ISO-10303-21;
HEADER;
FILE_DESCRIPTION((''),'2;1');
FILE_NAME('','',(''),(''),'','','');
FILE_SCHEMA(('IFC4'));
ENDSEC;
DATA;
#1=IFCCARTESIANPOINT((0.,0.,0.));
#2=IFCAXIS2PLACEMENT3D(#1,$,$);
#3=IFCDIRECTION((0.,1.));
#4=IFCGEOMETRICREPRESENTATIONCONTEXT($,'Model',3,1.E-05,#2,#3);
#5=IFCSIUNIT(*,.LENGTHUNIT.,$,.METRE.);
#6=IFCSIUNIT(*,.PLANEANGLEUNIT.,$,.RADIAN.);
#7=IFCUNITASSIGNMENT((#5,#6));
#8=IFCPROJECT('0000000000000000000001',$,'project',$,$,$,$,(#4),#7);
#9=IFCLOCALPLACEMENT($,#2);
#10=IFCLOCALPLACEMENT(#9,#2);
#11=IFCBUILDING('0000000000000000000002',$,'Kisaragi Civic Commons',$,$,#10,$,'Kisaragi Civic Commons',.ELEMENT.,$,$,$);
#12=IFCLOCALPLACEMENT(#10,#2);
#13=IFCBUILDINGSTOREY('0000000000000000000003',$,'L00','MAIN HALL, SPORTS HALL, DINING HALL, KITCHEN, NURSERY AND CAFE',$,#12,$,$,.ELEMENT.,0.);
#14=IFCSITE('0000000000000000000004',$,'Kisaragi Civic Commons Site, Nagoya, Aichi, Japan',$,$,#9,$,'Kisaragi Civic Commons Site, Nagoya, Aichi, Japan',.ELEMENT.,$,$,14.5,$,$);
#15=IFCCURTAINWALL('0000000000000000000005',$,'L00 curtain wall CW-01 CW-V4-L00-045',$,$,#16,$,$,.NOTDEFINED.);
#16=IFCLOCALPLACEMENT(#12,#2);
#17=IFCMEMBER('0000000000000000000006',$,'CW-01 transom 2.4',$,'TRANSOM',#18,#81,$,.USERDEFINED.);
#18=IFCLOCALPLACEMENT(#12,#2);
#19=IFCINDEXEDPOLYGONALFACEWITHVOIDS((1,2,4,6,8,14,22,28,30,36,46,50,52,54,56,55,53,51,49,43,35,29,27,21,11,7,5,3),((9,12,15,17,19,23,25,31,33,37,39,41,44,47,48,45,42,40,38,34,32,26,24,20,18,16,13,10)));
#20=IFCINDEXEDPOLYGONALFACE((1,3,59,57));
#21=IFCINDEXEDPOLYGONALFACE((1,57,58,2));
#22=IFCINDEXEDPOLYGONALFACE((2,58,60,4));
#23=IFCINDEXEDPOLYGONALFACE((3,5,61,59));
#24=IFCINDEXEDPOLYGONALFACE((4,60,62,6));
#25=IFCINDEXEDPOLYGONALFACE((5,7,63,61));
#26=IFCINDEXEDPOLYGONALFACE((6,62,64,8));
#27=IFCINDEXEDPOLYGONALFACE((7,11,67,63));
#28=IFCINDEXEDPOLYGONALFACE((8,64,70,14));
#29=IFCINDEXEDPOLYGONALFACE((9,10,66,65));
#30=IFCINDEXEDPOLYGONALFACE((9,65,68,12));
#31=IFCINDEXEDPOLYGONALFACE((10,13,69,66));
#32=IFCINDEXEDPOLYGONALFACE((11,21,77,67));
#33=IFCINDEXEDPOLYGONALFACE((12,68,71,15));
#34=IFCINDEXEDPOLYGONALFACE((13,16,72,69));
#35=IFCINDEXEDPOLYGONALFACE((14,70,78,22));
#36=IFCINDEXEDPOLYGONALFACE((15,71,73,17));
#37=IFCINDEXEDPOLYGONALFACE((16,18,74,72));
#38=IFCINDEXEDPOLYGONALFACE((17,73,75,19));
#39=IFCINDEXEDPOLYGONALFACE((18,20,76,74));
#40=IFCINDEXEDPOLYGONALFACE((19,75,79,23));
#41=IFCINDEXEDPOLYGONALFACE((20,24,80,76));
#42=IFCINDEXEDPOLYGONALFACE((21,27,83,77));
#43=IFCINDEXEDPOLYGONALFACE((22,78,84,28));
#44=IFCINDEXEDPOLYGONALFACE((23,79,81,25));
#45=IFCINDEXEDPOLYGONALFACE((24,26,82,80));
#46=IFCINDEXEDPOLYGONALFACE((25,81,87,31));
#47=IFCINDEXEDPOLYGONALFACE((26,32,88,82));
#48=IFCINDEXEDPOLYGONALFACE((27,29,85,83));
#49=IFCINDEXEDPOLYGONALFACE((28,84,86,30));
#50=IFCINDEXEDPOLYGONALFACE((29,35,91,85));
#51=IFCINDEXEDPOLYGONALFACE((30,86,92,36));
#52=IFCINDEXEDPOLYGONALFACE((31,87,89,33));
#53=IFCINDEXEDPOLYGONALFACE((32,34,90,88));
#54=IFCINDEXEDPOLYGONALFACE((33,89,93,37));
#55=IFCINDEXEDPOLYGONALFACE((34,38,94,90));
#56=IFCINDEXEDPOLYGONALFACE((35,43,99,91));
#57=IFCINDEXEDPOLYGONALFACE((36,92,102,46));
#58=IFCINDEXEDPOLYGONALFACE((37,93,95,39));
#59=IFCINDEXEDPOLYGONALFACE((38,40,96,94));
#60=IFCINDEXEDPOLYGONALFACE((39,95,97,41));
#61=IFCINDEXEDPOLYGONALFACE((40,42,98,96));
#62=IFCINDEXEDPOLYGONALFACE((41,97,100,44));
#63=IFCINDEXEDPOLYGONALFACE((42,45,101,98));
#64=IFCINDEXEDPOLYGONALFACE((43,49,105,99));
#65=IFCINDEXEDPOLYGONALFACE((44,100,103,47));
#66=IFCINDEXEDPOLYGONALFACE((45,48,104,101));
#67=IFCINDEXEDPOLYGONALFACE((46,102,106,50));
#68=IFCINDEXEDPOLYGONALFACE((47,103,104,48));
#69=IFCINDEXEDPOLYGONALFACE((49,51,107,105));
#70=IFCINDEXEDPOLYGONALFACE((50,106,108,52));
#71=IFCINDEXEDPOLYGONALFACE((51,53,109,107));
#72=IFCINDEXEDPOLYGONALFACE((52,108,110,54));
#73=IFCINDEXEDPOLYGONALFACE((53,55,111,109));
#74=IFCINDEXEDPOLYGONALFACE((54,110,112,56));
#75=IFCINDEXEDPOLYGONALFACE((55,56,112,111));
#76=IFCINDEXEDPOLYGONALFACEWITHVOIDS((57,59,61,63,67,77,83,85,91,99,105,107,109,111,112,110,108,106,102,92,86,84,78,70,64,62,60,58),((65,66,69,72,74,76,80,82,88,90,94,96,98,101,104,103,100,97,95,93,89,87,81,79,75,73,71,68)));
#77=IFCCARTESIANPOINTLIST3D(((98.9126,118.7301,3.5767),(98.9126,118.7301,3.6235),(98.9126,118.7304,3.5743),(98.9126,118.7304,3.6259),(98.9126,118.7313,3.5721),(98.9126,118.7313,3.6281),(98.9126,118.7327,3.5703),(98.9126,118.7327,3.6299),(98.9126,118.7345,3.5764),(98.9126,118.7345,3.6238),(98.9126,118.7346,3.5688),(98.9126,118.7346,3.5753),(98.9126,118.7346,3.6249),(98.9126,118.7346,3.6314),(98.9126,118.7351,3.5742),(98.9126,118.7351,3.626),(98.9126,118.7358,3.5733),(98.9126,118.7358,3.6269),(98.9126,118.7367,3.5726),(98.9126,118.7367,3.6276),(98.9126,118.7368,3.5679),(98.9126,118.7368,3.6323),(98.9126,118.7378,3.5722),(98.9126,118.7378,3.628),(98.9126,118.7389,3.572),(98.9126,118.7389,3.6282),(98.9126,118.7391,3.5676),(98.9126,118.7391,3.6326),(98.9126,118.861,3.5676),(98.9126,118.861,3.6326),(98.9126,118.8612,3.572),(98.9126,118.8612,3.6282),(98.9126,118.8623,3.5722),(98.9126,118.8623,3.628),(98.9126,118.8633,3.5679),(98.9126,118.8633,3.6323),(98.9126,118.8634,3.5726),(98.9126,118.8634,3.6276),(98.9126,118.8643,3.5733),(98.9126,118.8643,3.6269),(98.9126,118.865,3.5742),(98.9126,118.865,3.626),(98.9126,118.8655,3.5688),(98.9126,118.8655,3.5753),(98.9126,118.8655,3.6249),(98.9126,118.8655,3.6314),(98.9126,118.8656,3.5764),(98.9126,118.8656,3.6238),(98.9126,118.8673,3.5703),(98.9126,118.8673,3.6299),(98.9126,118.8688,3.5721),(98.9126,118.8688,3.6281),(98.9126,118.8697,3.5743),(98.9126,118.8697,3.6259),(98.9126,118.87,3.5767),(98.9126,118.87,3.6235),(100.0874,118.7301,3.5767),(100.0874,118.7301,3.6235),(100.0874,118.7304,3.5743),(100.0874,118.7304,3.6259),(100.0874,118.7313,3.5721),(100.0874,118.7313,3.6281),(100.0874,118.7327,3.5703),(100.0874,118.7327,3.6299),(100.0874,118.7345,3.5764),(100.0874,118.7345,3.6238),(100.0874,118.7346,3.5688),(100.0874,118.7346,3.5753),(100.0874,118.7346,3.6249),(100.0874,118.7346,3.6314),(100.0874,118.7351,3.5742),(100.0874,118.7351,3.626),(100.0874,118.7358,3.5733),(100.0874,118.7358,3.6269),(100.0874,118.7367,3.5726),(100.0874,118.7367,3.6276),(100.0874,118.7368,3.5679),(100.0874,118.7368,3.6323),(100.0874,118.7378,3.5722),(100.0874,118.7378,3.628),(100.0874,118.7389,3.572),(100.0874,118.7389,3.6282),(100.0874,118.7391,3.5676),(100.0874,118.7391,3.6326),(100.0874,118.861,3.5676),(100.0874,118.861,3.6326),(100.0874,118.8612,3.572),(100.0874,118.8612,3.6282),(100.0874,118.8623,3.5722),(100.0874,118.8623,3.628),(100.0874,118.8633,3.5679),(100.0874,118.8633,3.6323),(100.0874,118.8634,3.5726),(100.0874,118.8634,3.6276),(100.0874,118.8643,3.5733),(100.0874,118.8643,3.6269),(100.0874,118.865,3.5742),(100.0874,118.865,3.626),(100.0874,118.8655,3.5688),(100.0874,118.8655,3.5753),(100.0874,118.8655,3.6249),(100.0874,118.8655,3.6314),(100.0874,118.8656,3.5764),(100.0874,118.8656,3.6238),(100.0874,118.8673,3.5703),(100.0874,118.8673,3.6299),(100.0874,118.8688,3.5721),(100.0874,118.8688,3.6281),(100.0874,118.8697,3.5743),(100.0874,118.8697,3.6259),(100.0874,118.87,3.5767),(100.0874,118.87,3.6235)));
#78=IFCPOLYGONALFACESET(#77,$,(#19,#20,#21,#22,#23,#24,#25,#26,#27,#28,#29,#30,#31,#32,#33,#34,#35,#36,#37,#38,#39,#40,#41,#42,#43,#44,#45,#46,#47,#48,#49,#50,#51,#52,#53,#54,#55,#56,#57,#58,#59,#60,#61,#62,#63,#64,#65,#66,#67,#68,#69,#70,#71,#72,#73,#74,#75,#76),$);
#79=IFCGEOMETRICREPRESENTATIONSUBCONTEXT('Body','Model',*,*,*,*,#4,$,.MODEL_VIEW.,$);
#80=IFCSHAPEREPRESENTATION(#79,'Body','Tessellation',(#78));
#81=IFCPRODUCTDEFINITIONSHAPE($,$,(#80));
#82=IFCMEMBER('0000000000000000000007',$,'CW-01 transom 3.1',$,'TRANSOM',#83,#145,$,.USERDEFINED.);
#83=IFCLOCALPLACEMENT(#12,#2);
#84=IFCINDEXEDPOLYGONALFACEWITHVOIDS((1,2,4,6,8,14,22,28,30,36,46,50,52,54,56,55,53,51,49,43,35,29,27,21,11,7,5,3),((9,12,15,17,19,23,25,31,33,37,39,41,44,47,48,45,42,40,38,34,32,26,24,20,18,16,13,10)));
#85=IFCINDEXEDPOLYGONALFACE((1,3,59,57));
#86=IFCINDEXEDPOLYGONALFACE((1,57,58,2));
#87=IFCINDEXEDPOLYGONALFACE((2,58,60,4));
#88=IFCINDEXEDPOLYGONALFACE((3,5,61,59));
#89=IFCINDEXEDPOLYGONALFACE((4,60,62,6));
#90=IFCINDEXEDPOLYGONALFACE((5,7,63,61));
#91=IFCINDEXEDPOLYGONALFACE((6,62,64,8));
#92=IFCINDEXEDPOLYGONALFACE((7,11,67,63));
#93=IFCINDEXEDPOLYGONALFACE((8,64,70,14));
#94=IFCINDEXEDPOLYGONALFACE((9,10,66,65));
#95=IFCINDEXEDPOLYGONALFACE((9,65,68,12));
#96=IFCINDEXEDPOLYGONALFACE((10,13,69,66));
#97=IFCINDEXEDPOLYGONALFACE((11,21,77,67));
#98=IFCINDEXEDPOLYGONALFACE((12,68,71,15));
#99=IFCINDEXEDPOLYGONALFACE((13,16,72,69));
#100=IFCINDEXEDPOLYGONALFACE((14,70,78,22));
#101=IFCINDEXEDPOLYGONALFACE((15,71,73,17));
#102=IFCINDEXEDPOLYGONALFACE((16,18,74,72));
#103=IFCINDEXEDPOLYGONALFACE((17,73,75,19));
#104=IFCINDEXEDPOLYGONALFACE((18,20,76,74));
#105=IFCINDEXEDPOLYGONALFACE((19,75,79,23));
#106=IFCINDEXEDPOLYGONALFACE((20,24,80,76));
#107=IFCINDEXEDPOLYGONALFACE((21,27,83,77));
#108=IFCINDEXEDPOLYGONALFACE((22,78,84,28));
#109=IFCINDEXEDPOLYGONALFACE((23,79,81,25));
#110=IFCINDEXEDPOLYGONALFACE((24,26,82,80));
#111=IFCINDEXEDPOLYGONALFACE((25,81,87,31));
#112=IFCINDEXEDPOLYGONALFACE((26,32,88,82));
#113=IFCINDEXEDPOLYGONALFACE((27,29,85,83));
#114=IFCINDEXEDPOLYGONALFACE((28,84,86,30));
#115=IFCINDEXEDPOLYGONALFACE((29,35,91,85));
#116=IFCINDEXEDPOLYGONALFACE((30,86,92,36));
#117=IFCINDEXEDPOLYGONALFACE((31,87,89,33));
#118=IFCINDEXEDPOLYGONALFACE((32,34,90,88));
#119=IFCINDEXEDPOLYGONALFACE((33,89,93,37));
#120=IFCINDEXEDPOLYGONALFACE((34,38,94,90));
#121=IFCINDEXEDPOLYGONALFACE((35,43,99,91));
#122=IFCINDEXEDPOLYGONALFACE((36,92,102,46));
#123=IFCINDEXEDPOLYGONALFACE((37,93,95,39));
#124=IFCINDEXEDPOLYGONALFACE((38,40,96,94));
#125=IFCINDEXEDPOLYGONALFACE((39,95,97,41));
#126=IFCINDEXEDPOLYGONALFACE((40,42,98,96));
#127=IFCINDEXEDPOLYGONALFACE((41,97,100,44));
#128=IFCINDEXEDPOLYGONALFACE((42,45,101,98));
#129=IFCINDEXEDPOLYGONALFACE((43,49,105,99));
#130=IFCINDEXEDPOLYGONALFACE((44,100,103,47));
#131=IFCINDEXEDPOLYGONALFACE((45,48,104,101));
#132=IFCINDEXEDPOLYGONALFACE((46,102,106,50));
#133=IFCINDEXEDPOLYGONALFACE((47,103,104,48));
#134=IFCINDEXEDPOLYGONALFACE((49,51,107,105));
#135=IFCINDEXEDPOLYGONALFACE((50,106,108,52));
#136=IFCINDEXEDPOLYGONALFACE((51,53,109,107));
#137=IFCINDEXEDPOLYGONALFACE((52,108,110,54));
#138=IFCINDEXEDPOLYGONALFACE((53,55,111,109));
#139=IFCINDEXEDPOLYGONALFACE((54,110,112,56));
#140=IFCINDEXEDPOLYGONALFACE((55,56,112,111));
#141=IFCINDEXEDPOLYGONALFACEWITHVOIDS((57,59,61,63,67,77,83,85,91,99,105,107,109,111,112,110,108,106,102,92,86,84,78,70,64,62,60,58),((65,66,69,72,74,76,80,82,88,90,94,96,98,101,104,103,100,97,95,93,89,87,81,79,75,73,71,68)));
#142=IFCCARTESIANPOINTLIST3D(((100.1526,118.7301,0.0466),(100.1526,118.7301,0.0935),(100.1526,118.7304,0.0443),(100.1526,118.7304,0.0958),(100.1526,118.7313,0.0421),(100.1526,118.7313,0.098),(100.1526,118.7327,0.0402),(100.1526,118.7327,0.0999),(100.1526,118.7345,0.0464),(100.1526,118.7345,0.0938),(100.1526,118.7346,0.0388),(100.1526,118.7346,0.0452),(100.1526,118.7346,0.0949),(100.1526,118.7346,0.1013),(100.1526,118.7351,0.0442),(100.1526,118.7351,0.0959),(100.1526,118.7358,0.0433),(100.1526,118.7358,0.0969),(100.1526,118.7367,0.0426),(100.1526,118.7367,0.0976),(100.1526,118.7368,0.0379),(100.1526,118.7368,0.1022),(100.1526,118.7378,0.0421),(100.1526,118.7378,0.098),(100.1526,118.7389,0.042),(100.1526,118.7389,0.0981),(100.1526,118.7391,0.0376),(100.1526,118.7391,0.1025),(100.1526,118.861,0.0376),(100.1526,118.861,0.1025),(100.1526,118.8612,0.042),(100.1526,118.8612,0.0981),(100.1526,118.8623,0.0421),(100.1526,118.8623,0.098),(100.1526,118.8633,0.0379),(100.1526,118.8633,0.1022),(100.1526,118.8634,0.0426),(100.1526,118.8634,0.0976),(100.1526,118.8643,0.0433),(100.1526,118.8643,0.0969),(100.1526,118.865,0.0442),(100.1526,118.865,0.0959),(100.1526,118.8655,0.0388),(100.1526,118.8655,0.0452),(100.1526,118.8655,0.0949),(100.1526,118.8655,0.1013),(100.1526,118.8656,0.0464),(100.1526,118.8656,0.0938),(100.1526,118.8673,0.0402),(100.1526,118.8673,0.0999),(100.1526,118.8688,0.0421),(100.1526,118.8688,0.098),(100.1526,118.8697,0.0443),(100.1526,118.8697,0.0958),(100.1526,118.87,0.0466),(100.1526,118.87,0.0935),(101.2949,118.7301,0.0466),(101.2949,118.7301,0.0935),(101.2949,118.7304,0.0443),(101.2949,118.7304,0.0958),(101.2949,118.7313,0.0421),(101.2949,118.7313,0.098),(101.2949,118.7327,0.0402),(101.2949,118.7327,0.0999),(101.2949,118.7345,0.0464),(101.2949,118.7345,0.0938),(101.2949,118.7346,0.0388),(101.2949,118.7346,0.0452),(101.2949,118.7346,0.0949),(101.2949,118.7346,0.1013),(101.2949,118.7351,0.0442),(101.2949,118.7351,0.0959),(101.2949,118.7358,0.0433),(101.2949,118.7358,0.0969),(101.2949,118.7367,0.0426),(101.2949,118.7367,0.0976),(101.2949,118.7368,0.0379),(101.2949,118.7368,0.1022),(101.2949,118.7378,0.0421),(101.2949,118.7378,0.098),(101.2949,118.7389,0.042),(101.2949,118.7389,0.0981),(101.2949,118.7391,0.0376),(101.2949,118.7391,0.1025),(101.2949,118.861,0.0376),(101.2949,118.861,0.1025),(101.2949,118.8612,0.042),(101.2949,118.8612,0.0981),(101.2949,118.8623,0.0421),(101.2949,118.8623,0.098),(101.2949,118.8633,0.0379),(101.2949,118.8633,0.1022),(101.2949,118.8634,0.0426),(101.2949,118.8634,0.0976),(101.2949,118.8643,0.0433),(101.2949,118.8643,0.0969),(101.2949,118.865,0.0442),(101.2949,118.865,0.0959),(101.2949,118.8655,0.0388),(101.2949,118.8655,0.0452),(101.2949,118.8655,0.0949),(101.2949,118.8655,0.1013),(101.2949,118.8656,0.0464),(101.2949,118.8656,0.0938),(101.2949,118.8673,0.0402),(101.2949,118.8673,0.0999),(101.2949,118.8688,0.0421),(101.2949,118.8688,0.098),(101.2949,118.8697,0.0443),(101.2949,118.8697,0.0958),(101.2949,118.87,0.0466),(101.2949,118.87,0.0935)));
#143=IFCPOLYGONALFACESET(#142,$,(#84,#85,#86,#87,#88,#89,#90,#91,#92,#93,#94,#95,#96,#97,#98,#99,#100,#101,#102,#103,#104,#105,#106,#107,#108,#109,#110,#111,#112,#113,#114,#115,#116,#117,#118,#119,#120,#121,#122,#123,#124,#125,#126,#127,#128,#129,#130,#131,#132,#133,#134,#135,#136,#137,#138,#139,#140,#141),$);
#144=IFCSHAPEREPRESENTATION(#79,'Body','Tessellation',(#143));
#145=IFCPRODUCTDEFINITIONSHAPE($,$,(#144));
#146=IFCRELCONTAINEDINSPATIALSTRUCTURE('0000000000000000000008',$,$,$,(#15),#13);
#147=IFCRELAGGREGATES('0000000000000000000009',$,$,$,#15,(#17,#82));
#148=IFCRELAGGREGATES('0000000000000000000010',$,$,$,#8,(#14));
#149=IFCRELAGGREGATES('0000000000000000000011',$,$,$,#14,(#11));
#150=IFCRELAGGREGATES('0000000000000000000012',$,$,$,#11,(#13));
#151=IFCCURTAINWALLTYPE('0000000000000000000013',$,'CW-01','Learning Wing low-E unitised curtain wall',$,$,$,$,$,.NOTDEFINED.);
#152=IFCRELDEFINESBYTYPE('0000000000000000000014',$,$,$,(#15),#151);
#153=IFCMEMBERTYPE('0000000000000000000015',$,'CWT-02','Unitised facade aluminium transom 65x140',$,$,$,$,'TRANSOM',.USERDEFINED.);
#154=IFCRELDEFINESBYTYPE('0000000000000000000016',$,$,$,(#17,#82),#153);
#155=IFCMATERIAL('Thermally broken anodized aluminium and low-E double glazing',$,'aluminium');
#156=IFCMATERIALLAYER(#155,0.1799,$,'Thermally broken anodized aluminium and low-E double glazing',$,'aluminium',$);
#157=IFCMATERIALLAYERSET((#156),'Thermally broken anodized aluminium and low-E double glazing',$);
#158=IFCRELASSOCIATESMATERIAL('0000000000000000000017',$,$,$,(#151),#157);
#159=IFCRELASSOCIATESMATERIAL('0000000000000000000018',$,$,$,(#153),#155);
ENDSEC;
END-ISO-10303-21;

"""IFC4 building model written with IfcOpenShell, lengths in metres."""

from ifc_helpers import new_model, si_unit, direction, frame, origin, origin_2d, place, context, subcontext, project, spatial, hollow_rectangle, extrude, material, layer, layer_set, material_profile, profile_set, type_object, element, aggregate, save


model = new_model("IFC4")

# Units and contexts
model_context = context("Model", 3, precision=1e-05, world=origin(), true_north=direction((0.0, 1.0)))
body_context = subcontext(model_context, "Body", "Model", "MODEL_VIEW")
ifc_project = project(units=[si_unit("LENGTHUNIT", "METRE"), si_unit("PLANEANGLEUNIT", "RADIAN")], contexts=[model_context])

# Site, building, storey
site_placement = place(None, origin())
site = spatial("IfcSite", under=ifc_project, at=site_placement, Name="Kisaragi Civic Commons Site, Nagoya, Aichi, Japan", LongName="Kisaragi Civic Commons Site, Nagoya, Aichi, Japan", CompositionType="ELEMENT", RefElevation=14.5)
building_placement = place(site_placement, origin())
building = spatial("IfcBuilding", under=site, at=building_placement, Name="Kisaragi Civic Commons", LongName="Kisaragi Civic Commons", CompositionType="ELEMENT")
storey_placement = place(building_placement, origin())
storey = spatial("IfcBuildingStorey", under=building, at=storey_placement, Name="L00", Description="MAIN HALL, SPORTS HALL, DINING HALL, KITCHEN, NURSERY AND CAFE", CompositionType="ELEMENT", Elevation=0.0)

# Curtain wall, members
ifc_material_1 = material(Name="Thermally broken anodized aluminium and low-E double glazing", Category="aluminium")
ifc_layer_1 = layer(ifc_material_1, 0.1799, Name="Thermally broken anodized aluminium and low-E double glazing", Category="aluminium")
ifc_layer_set_1 = layer_set([ifc_layer_1], Name="Thermally broken anodized aluminium and low-E double glazing")
curtain_wall_type = type_object("IfcCurtainWallType", Name="CW-01", Description="Learning Wing low-E unitised curtain wall", PredefinedType="NOTDEFINED", material=ifc_layer_set_1)
curtain_wall_placement = place(storey_placement, origin())
curtain_wall = element("IfcCurtainWall", 1, at=curtain_wall_placement, inside=storey, type_object=curtain_wall_type, Name="L00 curtain wall CW-01 CW-V4-L00-045", PredefinedType="NOTDEFINED")
ifc_material_profile_1 = material_profile(ifc_material_1, hollow_rectangle(XDim=0.1399, YDim=0.0649, WallThickness=0.0044, InnerFilletRadius=0.0044, OuterFilletRadius=0.009, at=origin_2d()), Name="CWT-65x140x4.5", Category="aluminium")
ifc_profile_set_1 = profile_set([ifc_material_profile_1], Name="Thermally broken anodized aluminium and low-E double glazing")
member_type_1 = type_object("IfcMemberType", Name="CWT-02", Description="Unitised facade aluminium transom 65x140", ElementType="TRANSOM", PredefinedType="USERDEFINED", material=ifc_profile_set_1)
member_1_placement = place(storey_placement, frame((98.9126, 118.8, 3.6001), z_axis=(1.0, 0.0, 0.0), x_axis=(0.0, 1.0, 0.0)))
member_1 = element("IfcMember", 2, at=member_1_placement, type_object=member_type_1, Name="CW-01 transom 2.4", ObjectType="TRANSOM", PredefinedType="USERDEFINED", context=body_context, shape_type="SweptSolid", body=[
    extrude(hollow_rectangle(XDim=0.1399, YDim=0.0649, WallThickness=0.0044, InnerFilletRadius=0.0044, OuterFilletRadius=0.009, at=origin_2d()), origin(), (0.0, 0.0, 1.0), 1.1748),
])
member_2_placement = place(storey_placement, frame((100.1526, 118.8, 0.0701), z_axis=(1.0, 0.0, 0.0), x_axis=(0.0, 1.0, 0.0)))
member_2 = element("IfcMember", 3, at=member_2_placement, type_object=member_type_1, Name="CW-01 transom 3.1", ObjectType="TRANSOM", PredefinedType="USERDEFINED", context=body_context, shape_type="SweptSolid", body=[
    extrude(hollow_rectangle(XDim=0.1399, YDim=0.0649, WallThickness=0.0044, InnerFilletRadius=0.0044, OuterFilletRadius=0.009, at=origin_2d()), origin(), (0.0, 0.0, 1.0), 1.1423),
])

aggregate(curtain_wall, [member_1, member_2])

save(model, "model.ifc")
